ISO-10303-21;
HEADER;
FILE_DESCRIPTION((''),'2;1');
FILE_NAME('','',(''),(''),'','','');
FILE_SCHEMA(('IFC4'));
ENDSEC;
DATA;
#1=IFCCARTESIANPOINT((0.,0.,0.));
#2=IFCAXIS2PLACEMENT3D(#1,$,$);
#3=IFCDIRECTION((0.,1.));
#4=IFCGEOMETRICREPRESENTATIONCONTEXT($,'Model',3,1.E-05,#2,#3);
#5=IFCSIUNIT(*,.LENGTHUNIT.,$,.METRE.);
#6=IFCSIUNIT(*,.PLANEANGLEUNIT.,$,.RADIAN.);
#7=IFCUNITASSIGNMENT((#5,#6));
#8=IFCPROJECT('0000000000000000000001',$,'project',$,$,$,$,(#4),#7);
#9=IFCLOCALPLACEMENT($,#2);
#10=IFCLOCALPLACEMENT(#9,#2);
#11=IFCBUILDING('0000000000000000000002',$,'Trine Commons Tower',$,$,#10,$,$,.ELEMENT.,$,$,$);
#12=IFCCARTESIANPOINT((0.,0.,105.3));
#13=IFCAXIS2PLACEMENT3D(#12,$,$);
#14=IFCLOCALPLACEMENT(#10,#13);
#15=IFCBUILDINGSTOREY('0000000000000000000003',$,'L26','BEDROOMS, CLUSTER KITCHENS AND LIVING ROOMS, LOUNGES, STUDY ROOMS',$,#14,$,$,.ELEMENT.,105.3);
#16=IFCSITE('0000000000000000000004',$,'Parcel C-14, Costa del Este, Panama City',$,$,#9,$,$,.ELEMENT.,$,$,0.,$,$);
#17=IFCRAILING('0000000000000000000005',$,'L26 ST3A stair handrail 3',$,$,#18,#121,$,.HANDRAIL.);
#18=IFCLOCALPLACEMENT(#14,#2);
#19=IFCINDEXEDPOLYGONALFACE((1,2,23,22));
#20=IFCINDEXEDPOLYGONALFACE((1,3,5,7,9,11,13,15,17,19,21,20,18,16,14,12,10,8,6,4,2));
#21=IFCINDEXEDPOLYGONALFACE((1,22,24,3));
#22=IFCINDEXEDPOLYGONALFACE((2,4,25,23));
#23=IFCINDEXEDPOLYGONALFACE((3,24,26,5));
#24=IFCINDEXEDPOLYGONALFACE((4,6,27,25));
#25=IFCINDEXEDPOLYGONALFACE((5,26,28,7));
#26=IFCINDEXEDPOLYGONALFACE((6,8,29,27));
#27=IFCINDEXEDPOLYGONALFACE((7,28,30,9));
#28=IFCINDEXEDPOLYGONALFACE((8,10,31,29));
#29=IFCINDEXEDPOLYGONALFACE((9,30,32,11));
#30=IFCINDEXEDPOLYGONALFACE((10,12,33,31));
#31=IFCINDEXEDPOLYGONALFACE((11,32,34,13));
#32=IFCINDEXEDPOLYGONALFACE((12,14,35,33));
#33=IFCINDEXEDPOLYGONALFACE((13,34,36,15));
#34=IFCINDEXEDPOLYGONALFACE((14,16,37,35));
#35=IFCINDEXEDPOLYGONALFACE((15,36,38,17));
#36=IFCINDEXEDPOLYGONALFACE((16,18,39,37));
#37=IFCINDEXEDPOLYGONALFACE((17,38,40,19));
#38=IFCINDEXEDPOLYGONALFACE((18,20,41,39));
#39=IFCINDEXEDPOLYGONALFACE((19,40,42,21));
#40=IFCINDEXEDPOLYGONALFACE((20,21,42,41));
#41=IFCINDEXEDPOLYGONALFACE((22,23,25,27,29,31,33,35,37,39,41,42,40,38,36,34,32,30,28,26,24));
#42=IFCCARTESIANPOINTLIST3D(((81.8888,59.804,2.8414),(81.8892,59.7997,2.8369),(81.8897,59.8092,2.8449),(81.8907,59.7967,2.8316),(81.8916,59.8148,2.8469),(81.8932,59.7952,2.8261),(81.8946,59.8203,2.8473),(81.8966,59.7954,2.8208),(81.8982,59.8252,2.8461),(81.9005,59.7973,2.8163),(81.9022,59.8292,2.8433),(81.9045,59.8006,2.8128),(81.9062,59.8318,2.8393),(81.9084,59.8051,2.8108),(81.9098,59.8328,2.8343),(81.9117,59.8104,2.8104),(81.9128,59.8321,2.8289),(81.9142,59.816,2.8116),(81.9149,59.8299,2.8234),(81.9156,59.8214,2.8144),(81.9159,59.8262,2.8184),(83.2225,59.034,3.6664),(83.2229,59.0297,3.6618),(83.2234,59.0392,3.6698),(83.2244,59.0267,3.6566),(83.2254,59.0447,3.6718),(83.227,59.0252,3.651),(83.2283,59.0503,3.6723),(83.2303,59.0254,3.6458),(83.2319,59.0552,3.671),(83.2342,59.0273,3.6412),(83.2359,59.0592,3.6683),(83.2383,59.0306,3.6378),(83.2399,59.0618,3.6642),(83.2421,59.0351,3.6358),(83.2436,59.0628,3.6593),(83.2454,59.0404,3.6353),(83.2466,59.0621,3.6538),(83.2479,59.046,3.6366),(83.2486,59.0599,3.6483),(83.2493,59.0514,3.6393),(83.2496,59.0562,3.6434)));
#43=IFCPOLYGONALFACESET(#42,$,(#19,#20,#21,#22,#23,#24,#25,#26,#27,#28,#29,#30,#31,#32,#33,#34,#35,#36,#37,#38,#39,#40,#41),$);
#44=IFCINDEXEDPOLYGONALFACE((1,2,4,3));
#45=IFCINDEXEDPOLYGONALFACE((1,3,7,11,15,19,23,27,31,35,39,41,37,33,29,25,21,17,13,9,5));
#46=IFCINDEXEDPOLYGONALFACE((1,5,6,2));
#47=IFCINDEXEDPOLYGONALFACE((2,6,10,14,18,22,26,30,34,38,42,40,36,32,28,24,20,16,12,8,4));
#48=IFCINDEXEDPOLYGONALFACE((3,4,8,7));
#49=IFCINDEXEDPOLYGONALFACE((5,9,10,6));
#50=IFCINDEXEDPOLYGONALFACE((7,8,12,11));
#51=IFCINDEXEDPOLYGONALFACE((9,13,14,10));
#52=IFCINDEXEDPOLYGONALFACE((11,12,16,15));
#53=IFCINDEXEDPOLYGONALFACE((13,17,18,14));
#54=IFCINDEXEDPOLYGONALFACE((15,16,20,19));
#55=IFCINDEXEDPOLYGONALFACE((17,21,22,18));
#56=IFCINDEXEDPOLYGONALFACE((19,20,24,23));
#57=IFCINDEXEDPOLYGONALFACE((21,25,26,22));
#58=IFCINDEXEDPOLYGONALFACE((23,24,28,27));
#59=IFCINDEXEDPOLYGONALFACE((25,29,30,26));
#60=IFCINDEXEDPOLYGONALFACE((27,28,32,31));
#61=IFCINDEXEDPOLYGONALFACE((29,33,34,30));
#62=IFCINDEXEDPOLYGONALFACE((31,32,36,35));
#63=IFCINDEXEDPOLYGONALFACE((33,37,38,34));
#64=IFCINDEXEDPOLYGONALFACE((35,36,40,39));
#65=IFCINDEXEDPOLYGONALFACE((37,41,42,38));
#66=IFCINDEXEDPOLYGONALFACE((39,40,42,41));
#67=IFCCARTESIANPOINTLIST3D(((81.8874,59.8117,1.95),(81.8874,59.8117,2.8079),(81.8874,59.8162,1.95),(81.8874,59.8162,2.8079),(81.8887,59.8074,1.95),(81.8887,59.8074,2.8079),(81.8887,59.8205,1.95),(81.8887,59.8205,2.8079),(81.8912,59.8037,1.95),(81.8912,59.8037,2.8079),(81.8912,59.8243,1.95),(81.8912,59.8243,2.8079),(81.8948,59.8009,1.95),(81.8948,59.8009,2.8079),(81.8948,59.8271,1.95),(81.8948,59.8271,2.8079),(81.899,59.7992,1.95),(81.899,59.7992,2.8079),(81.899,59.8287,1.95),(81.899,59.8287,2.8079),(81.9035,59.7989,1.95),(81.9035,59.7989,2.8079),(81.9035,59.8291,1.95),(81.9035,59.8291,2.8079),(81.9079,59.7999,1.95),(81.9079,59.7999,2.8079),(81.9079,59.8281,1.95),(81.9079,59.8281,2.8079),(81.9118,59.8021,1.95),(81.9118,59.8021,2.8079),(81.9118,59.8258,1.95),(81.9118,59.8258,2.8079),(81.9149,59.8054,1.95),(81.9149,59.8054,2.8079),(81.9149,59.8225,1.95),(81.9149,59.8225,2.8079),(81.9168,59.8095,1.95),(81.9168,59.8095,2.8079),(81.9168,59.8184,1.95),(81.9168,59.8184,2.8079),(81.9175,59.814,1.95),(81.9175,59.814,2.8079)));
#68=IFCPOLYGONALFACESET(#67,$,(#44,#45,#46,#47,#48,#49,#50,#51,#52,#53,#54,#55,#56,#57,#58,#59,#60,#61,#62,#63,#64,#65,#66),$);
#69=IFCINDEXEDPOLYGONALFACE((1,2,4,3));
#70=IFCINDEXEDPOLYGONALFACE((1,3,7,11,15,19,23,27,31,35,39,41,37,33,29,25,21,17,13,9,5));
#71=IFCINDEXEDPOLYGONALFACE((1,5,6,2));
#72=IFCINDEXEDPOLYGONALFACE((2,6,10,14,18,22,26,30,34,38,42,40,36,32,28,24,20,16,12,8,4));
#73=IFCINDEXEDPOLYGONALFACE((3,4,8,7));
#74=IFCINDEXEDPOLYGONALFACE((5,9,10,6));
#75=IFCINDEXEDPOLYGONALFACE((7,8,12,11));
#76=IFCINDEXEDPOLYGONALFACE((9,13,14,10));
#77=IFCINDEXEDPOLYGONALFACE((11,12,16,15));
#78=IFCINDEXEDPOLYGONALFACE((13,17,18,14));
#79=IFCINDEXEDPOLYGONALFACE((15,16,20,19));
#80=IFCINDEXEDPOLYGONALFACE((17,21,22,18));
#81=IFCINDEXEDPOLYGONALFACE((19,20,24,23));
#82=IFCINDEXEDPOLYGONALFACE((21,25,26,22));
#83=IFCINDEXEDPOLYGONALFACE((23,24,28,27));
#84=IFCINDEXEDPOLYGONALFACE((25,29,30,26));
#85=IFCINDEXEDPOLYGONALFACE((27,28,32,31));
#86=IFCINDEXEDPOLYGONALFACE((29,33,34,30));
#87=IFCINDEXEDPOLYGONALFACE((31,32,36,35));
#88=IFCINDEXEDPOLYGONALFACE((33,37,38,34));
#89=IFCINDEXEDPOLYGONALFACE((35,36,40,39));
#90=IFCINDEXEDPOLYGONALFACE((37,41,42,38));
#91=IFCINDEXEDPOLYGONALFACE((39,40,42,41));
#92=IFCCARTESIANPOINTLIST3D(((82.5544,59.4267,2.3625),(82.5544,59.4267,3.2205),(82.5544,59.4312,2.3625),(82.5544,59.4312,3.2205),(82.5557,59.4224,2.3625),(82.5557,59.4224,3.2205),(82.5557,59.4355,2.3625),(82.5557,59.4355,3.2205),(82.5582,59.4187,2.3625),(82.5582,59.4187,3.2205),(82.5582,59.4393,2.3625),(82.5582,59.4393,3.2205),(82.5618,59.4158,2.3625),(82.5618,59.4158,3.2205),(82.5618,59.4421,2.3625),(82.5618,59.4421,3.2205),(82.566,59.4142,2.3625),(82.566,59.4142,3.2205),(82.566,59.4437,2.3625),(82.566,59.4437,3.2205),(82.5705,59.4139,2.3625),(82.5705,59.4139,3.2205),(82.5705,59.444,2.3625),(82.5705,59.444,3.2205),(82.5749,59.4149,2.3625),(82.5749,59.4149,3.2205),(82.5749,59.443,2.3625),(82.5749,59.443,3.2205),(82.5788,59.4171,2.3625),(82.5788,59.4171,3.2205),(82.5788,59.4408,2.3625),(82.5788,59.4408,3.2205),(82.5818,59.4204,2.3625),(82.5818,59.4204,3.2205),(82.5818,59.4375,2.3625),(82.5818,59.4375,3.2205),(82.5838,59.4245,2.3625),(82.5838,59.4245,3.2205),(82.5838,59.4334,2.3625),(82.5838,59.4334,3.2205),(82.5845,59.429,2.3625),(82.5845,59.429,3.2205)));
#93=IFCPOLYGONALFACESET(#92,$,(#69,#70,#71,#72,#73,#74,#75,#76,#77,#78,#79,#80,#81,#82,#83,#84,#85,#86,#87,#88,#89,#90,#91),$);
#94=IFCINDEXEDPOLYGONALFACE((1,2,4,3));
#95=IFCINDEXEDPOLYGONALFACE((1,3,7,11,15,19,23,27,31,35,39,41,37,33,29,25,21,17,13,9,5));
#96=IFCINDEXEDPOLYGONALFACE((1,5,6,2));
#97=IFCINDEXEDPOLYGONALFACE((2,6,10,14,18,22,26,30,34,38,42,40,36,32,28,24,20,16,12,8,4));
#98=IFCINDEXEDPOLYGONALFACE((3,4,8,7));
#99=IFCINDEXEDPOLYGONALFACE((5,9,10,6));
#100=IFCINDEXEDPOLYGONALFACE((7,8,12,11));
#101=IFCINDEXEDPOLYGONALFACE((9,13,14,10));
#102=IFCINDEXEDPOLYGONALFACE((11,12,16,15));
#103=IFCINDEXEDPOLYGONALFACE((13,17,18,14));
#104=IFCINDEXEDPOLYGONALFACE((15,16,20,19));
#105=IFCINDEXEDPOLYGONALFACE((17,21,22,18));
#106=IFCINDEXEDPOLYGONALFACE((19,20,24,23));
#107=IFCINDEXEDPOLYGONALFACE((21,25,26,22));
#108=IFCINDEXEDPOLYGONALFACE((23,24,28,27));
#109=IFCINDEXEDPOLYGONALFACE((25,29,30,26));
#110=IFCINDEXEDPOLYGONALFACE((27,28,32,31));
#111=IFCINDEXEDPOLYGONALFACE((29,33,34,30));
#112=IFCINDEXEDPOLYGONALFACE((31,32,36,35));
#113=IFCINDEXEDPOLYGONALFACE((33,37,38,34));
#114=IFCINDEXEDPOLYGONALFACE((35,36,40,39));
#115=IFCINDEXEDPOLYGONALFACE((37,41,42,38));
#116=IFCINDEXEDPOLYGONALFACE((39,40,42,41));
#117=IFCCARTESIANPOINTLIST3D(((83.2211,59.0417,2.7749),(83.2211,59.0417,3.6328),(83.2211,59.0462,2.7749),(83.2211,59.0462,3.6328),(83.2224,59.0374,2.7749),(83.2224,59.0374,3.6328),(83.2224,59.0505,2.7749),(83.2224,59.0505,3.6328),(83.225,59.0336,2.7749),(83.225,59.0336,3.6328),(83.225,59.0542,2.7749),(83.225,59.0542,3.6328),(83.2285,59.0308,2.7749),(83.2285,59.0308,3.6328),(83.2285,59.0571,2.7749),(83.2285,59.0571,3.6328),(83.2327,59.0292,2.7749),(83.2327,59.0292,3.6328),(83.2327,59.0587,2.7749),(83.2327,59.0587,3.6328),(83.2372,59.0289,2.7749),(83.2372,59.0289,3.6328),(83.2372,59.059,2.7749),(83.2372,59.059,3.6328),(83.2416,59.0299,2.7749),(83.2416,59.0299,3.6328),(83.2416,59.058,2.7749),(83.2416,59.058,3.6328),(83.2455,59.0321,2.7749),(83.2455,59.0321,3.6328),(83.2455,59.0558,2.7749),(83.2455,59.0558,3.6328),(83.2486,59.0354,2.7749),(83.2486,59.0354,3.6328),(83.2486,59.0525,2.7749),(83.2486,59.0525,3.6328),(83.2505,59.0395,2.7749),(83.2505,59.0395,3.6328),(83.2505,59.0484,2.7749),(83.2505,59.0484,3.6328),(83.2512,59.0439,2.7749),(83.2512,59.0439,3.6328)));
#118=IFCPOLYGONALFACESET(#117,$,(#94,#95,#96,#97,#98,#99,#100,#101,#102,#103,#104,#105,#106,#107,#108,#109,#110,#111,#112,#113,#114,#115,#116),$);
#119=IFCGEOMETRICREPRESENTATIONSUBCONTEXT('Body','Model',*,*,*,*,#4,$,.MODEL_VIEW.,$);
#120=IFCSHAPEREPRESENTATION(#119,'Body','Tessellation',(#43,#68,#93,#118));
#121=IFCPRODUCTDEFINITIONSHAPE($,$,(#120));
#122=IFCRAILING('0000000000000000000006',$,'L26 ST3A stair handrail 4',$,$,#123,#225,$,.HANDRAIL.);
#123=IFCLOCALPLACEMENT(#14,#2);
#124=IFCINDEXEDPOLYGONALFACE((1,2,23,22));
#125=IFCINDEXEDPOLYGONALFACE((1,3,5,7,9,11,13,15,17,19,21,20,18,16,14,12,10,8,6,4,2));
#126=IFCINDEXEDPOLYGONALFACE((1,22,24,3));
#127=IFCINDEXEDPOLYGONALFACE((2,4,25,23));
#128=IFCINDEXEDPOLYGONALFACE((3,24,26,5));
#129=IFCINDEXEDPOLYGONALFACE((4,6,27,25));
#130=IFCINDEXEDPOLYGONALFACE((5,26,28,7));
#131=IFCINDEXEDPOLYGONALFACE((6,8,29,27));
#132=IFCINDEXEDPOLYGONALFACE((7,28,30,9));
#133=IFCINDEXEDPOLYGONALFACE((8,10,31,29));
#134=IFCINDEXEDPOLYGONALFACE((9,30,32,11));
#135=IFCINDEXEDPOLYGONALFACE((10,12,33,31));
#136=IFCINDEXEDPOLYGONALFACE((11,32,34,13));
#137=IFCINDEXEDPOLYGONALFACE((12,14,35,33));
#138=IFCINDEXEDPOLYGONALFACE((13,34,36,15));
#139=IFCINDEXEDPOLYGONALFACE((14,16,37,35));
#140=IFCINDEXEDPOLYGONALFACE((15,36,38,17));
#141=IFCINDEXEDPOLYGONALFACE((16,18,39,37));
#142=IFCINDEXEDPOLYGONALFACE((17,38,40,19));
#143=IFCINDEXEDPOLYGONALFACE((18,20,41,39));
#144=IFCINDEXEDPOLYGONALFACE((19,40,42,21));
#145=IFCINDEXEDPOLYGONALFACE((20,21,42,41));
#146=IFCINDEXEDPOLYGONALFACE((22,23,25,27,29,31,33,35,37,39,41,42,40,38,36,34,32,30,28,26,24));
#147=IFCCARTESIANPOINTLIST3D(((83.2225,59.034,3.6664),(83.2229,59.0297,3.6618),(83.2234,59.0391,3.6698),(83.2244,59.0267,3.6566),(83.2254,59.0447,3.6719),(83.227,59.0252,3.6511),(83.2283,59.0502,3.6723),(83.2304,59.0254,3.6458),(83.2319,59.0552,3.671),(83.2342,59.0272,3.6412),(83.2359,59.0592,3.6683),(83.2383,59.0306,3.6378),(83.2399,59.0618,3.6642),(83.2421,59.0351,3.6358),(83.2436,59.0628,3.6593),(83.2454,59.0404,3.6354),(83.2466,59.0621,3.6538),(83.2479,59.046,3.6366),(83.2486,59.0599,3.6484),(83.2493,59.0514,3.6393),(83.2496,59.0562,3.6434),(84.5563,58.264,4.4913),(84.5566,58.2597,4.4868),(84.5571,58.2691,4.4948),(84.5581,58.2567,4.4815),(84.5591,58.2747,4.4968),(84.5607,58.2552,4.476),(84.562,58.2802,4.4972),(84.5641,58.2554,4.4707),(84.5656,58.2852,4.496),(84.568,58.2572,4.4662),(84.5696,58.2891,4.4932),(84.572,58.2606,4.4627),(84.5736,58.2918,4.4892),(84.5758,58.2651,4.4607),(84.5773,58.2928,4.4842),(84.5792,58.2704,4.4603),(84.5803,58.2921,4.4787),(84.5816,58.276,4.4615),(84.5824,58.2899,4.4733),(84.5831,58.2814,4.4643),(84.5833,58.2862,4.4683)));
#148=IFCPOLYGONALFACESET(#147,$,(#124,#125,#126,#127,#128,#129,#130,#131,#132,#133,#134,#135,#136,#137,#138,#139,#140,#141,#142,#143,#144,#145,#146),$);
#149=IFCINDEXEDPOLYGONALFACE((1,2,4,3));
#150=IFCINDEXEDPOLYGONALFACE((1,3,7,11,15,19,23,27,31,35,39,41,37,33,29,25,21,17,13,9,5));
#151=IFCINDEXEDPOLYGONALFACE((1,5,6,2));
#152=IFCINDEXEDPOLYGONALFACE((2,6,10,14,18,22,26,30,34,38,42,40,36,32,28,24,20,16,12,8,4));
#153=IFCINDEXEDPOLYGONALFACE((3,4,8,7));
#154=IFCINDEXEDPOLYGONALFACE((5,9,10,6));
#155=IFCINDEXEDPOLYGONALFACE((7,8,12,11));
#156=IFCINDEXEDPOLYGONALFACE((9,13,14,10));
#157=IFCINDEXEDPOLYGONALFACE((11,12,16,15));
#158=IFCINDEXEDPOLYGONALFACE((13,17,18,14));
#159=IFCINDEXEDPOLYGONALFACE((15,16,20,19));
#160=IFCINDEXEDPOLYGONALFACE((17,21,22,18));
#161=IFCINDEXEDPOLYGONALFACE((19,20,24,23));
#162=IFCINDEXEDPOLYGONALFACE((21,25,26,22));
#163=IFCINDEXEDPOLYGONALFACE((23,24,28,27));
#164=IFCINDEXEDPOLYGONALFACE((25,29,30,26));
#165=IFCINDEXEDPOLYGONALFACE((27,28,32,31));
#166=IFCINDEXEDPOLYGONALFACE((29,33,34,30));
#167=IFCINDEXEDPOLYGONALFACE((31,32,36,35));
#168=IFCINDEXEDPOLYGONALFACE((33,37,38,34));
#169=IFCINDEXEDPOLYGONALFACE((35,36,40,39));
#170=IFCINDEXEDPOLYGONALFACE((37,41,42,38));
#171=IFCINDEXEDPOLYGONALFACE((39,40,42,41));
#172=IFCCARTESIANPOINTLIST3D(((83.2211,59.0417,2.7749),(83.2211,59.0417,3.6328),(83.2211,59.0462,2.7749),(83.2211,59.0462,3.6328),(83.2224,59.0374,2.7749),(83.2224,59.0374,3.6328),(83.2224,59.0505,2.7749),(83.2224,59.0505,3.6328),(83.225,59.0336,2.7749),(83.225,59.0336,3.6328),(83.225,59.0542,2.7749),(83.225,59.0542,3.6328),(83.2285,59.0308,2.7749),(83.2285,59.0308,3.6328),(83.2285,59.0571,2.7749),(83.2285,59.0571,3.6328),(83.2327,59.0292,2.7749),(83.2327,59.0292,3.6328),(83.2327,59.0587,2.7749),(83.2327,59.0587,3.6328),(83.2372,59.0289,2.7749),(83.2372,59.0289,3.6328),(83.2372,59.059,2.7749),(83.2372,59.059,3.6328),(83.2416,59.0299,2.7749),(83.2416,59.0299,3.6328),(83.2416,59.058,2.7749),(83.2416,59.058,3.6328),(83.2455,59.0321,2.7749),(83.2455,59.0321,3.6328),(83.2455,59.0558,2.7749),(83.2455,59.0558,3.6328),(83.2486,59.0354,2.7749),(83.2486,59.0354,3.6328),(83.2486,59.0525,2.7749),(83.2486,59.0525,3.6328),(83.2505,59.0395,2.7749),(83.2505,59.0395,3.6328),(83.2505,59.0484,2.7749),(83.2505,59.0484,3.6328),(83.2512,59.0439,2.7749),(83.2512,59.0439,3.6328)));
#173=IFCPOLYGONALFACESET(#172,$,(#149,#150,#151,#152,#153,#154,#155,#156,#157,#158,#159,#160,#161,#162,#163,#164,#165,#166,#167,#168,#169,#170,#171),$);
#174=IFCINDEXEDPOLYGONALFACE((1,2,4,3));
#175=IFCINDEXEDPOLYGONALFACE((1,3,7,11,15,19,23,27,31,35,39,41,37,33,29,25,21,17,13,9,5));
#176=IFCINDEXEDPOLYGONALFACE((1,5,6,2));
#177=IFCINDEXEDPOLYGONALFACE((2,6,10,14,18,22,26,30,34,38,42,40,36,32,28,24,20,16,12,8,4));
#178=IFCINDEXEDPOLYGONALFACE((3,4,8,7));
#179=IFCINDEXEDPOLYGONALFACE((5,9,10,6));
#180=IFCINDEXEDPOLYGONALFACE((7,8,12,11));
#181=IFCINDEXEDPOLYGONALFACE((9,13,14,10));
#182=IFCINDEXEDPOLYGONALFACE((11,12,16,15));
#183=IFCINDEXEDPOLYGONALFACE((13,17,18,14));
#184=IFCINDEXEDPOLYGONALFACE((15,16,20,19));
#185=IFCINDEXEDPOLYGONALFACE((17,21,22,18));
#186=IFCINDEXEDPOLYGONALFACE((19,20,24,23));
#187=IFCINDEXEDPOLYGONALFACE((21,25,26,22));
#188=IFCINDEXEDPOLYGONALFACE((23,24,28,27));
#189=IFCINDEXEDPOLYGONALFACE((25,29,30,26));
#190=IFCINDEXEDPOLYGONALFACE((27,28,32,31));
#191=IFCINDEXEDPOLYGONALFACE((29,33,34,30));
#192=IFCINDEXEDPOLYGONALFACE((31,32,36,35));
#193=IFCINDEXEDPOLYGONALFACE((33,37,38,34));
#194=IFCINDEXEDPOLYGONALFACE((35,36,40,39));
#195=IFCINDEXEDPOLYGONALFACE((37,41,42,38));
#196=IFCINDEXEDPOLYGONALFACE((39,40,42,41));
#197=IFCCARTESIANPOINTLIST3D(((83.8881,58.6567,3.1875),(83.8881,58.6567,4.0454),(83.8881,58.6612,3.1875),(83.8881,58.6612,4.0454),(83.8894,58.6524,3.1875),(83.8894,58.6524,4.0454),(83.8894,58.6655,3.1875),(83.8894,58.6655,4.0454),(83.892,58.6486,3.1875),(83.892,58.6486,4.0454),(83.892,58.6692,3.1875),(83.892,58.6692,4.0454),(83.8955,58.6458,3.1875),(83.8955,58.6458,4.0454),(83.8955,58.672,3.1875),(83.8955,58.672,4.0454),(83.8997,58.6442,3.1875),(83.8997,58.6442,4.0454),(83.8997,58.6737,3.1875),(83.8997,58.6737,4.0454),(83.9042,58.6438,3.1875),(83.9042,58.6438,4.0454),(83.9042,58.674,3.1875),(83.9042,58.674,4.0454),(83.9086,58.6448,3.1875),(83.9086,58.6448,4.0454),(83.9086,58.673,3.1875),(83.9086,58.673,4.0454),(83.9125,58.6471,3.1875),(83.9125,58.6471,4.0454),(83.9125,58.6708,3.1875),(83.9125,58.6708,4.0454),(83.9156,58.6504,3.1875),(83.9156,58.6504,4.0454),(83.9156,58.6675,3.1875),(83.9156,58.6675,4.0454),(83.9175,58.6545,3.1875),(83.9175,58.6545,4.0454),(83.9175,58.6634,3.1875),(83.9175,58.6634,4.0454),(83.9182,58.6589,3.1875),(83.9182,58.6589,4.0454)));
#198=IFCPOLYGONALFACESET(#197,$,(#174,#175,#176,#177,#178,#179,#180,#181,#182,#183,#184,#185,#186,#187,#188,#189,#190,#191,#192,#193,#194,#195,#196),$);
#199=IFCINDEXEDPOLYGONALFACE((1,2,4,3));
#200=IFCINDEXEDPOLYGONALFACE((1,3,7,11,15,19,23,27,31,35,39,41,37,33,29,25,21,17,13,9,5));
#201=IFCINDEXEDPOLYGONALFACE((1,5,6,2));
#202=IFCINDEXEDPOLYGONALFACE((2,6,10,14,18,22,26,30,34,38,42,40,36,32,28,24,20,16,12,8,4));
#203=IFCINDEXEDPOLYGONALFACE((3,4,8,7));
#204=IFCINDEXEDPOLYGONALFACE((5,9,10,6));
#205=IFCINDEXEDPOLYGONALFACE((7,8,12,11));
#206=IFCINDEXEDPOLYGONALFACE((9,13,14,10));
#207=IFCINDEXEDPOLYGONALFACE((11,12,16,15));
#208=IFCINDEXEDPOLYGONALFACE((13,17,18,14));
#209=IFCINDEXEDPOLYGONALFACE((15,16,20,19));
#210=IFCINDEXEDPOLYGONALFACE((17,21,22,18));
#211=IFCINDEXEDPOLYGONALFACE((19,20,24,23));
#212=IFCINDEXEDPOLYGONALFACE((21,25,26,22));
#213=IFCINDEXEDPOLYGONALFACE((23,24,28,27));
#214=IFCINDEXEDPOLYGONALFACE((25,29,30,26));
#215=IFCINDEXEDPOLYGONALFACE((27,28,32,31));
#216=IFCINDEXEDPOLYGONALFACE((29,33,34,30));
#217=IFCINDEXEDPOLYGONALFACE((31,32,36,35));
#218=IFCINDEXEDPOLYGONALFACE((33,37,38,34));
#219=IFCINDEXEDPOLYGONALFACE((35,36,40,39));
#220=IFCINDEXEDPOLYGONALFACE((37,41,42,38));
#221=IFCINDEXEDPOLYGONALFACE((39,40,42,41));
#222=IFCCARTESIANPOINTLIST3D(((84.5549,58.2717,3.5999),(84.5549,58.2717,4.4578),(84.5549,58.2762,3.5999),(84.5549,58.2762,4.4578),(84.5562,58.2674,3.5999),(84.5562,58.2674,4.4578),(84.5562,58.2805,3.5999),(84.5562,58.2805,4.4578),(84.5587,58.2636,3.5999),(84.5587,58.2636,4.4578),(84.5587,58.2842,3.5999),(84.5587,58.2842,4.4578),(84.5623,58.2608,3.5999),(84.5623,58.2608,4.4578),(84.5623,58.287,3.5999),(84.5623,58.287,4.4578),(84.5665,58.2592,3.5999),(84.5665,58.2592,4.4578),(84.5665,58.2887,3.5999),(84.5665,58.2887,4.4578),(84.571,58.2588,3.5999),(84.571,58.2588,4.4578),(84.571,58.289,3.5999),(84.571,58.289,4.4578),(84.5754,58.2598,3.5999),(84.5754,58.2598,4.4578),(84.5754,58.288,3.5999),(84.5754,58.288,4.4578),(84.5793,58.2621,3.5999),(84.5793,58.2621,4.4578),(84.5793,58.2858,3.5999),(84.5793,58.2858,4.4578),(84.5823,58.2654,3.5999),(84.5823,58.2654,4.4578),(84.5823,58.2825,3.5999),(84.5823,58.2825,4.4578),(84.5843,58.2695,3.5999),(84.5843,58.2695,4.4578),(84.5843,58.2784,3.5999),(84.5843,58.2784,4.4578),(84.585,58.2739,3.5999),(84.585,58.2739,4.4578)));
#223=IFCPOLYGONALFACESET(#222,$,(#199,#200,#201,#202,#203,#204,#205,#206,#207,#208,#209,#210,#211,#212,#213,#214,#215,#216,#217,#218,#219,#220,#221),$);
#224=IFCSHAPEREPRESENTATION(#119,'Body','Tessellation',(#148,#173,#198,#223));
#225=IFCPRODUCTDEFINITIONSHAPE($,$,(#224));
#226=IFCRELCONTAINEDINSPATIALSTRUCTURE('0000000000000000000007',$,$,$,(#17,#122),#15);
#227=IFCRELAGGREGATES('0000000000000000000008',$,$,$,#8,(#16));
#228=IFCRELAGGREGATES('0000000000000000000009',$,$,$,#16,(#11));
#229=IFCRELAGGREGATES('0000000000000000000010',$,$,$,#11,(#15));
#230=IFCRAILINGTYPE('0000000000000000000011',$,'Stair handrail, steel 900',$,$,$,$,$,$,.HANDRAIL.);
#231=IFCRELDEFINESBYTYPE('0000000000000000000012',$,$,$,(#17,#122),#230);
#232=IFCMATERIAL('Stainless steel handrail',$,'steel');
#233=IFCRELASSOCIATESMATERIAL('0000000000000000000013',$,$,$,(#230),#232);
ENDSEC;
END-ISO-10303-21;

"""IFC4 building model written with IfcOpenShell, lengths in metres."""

from ifc_helpers import new_model, si_unit, direction, frame, origin, origin_2d, place, context, subcontext, project, spatial, circle, extrude, material, type_object, element, save


model = new_model("IFC4")

# Units and contexts
model_context = context("Model", 3, precision=1e-05, world=origin(), true_north=direction((0.0, 1.0)))
body_context = subcontext(model_context, "Body", "Model", "MODEL_VIEW")
ifc_project = project(units=[si_unit("LENGTHUNIT", "METRE"), si_unit("PLANEANGLEUNIT", "RADIAN")], contexts=[model_context])

# Site, building, storey
site_placement = place(None, origin())
site = spatial("IfcSite", under=ifc_project, at=site_placement, Name="Parcel C-14, Costa del Este, Panama City", CompositionType="ELEMENT", RefElevation=0.0)
building_placement = place(site_placement, origin())
building = spatial("IfcBuilding", under=site, at=building_placement, Name="Trine Commons Tower", CompositionType="ELEMENT")
storey_placement = place(building_placement, frame((0.0, 0.0, 105.3)))
storey = spatial("IfcBuildingStorey", under=building, at=storey_placement, Name="L26", Description="BEDROOMS, CLUSTER KITCHENS AND LIVING ROOMS, LOUNGES, STUDY ROOMS", CompositionType="ELEMENT", Elevation=105.3)

# Railings
ifc_material_1 = material(Name="Stainless steel handrail", Category="steel")
railing_type_1 = type_object("IfcRailingType", Name="Stair handrail, steel 900", PredefinedType="HANDRAIL", material=ifc_material_1)
for number, where, name in (
    (1, (81.9023, 59.814, 1.95), "L26 ST3A stair handrail 3"),
    (2, (83.2361, 59.0439, 2.7749), "L26 ST3A stair handrail 4"),
):
    element("IfcRailing", number, at=place(storey_placement, frame(where)), inside=storey, type_object=railing_type_1, Name=name, PredefinedType="HANDRAIL", context=body_context, shape_type="SweptSolid", body=[
        extrude(circle(Radius=0.021, at=origin_2d()), frame((0.0, 0.0, 0.8789), z_axis=(0.763405, -0.440743, 0.472185), x_axis=(0.499992, 0.86603, 0.0)), (0.0, 0.0, 1.0), 1.7471),
        extrude(circle(Radius=0.0151, at=origin_2d()), origin(), (0.0, 0.0, 1.0), 0.8579),
        extrude(circle(Radius=0.0151, at=origin_2d()), frame((0.667, -0.385, 0.4126)), (0.0, 0.0, 1.0), 0.8579),
        extrude(circle(Radius=0.0151, at=origin_2d()), frame((1.3337, -0.77, 0.825)), (0.0, 0.0, 1.0), 0.8579),
    ])

save(model, "model.ifc")
